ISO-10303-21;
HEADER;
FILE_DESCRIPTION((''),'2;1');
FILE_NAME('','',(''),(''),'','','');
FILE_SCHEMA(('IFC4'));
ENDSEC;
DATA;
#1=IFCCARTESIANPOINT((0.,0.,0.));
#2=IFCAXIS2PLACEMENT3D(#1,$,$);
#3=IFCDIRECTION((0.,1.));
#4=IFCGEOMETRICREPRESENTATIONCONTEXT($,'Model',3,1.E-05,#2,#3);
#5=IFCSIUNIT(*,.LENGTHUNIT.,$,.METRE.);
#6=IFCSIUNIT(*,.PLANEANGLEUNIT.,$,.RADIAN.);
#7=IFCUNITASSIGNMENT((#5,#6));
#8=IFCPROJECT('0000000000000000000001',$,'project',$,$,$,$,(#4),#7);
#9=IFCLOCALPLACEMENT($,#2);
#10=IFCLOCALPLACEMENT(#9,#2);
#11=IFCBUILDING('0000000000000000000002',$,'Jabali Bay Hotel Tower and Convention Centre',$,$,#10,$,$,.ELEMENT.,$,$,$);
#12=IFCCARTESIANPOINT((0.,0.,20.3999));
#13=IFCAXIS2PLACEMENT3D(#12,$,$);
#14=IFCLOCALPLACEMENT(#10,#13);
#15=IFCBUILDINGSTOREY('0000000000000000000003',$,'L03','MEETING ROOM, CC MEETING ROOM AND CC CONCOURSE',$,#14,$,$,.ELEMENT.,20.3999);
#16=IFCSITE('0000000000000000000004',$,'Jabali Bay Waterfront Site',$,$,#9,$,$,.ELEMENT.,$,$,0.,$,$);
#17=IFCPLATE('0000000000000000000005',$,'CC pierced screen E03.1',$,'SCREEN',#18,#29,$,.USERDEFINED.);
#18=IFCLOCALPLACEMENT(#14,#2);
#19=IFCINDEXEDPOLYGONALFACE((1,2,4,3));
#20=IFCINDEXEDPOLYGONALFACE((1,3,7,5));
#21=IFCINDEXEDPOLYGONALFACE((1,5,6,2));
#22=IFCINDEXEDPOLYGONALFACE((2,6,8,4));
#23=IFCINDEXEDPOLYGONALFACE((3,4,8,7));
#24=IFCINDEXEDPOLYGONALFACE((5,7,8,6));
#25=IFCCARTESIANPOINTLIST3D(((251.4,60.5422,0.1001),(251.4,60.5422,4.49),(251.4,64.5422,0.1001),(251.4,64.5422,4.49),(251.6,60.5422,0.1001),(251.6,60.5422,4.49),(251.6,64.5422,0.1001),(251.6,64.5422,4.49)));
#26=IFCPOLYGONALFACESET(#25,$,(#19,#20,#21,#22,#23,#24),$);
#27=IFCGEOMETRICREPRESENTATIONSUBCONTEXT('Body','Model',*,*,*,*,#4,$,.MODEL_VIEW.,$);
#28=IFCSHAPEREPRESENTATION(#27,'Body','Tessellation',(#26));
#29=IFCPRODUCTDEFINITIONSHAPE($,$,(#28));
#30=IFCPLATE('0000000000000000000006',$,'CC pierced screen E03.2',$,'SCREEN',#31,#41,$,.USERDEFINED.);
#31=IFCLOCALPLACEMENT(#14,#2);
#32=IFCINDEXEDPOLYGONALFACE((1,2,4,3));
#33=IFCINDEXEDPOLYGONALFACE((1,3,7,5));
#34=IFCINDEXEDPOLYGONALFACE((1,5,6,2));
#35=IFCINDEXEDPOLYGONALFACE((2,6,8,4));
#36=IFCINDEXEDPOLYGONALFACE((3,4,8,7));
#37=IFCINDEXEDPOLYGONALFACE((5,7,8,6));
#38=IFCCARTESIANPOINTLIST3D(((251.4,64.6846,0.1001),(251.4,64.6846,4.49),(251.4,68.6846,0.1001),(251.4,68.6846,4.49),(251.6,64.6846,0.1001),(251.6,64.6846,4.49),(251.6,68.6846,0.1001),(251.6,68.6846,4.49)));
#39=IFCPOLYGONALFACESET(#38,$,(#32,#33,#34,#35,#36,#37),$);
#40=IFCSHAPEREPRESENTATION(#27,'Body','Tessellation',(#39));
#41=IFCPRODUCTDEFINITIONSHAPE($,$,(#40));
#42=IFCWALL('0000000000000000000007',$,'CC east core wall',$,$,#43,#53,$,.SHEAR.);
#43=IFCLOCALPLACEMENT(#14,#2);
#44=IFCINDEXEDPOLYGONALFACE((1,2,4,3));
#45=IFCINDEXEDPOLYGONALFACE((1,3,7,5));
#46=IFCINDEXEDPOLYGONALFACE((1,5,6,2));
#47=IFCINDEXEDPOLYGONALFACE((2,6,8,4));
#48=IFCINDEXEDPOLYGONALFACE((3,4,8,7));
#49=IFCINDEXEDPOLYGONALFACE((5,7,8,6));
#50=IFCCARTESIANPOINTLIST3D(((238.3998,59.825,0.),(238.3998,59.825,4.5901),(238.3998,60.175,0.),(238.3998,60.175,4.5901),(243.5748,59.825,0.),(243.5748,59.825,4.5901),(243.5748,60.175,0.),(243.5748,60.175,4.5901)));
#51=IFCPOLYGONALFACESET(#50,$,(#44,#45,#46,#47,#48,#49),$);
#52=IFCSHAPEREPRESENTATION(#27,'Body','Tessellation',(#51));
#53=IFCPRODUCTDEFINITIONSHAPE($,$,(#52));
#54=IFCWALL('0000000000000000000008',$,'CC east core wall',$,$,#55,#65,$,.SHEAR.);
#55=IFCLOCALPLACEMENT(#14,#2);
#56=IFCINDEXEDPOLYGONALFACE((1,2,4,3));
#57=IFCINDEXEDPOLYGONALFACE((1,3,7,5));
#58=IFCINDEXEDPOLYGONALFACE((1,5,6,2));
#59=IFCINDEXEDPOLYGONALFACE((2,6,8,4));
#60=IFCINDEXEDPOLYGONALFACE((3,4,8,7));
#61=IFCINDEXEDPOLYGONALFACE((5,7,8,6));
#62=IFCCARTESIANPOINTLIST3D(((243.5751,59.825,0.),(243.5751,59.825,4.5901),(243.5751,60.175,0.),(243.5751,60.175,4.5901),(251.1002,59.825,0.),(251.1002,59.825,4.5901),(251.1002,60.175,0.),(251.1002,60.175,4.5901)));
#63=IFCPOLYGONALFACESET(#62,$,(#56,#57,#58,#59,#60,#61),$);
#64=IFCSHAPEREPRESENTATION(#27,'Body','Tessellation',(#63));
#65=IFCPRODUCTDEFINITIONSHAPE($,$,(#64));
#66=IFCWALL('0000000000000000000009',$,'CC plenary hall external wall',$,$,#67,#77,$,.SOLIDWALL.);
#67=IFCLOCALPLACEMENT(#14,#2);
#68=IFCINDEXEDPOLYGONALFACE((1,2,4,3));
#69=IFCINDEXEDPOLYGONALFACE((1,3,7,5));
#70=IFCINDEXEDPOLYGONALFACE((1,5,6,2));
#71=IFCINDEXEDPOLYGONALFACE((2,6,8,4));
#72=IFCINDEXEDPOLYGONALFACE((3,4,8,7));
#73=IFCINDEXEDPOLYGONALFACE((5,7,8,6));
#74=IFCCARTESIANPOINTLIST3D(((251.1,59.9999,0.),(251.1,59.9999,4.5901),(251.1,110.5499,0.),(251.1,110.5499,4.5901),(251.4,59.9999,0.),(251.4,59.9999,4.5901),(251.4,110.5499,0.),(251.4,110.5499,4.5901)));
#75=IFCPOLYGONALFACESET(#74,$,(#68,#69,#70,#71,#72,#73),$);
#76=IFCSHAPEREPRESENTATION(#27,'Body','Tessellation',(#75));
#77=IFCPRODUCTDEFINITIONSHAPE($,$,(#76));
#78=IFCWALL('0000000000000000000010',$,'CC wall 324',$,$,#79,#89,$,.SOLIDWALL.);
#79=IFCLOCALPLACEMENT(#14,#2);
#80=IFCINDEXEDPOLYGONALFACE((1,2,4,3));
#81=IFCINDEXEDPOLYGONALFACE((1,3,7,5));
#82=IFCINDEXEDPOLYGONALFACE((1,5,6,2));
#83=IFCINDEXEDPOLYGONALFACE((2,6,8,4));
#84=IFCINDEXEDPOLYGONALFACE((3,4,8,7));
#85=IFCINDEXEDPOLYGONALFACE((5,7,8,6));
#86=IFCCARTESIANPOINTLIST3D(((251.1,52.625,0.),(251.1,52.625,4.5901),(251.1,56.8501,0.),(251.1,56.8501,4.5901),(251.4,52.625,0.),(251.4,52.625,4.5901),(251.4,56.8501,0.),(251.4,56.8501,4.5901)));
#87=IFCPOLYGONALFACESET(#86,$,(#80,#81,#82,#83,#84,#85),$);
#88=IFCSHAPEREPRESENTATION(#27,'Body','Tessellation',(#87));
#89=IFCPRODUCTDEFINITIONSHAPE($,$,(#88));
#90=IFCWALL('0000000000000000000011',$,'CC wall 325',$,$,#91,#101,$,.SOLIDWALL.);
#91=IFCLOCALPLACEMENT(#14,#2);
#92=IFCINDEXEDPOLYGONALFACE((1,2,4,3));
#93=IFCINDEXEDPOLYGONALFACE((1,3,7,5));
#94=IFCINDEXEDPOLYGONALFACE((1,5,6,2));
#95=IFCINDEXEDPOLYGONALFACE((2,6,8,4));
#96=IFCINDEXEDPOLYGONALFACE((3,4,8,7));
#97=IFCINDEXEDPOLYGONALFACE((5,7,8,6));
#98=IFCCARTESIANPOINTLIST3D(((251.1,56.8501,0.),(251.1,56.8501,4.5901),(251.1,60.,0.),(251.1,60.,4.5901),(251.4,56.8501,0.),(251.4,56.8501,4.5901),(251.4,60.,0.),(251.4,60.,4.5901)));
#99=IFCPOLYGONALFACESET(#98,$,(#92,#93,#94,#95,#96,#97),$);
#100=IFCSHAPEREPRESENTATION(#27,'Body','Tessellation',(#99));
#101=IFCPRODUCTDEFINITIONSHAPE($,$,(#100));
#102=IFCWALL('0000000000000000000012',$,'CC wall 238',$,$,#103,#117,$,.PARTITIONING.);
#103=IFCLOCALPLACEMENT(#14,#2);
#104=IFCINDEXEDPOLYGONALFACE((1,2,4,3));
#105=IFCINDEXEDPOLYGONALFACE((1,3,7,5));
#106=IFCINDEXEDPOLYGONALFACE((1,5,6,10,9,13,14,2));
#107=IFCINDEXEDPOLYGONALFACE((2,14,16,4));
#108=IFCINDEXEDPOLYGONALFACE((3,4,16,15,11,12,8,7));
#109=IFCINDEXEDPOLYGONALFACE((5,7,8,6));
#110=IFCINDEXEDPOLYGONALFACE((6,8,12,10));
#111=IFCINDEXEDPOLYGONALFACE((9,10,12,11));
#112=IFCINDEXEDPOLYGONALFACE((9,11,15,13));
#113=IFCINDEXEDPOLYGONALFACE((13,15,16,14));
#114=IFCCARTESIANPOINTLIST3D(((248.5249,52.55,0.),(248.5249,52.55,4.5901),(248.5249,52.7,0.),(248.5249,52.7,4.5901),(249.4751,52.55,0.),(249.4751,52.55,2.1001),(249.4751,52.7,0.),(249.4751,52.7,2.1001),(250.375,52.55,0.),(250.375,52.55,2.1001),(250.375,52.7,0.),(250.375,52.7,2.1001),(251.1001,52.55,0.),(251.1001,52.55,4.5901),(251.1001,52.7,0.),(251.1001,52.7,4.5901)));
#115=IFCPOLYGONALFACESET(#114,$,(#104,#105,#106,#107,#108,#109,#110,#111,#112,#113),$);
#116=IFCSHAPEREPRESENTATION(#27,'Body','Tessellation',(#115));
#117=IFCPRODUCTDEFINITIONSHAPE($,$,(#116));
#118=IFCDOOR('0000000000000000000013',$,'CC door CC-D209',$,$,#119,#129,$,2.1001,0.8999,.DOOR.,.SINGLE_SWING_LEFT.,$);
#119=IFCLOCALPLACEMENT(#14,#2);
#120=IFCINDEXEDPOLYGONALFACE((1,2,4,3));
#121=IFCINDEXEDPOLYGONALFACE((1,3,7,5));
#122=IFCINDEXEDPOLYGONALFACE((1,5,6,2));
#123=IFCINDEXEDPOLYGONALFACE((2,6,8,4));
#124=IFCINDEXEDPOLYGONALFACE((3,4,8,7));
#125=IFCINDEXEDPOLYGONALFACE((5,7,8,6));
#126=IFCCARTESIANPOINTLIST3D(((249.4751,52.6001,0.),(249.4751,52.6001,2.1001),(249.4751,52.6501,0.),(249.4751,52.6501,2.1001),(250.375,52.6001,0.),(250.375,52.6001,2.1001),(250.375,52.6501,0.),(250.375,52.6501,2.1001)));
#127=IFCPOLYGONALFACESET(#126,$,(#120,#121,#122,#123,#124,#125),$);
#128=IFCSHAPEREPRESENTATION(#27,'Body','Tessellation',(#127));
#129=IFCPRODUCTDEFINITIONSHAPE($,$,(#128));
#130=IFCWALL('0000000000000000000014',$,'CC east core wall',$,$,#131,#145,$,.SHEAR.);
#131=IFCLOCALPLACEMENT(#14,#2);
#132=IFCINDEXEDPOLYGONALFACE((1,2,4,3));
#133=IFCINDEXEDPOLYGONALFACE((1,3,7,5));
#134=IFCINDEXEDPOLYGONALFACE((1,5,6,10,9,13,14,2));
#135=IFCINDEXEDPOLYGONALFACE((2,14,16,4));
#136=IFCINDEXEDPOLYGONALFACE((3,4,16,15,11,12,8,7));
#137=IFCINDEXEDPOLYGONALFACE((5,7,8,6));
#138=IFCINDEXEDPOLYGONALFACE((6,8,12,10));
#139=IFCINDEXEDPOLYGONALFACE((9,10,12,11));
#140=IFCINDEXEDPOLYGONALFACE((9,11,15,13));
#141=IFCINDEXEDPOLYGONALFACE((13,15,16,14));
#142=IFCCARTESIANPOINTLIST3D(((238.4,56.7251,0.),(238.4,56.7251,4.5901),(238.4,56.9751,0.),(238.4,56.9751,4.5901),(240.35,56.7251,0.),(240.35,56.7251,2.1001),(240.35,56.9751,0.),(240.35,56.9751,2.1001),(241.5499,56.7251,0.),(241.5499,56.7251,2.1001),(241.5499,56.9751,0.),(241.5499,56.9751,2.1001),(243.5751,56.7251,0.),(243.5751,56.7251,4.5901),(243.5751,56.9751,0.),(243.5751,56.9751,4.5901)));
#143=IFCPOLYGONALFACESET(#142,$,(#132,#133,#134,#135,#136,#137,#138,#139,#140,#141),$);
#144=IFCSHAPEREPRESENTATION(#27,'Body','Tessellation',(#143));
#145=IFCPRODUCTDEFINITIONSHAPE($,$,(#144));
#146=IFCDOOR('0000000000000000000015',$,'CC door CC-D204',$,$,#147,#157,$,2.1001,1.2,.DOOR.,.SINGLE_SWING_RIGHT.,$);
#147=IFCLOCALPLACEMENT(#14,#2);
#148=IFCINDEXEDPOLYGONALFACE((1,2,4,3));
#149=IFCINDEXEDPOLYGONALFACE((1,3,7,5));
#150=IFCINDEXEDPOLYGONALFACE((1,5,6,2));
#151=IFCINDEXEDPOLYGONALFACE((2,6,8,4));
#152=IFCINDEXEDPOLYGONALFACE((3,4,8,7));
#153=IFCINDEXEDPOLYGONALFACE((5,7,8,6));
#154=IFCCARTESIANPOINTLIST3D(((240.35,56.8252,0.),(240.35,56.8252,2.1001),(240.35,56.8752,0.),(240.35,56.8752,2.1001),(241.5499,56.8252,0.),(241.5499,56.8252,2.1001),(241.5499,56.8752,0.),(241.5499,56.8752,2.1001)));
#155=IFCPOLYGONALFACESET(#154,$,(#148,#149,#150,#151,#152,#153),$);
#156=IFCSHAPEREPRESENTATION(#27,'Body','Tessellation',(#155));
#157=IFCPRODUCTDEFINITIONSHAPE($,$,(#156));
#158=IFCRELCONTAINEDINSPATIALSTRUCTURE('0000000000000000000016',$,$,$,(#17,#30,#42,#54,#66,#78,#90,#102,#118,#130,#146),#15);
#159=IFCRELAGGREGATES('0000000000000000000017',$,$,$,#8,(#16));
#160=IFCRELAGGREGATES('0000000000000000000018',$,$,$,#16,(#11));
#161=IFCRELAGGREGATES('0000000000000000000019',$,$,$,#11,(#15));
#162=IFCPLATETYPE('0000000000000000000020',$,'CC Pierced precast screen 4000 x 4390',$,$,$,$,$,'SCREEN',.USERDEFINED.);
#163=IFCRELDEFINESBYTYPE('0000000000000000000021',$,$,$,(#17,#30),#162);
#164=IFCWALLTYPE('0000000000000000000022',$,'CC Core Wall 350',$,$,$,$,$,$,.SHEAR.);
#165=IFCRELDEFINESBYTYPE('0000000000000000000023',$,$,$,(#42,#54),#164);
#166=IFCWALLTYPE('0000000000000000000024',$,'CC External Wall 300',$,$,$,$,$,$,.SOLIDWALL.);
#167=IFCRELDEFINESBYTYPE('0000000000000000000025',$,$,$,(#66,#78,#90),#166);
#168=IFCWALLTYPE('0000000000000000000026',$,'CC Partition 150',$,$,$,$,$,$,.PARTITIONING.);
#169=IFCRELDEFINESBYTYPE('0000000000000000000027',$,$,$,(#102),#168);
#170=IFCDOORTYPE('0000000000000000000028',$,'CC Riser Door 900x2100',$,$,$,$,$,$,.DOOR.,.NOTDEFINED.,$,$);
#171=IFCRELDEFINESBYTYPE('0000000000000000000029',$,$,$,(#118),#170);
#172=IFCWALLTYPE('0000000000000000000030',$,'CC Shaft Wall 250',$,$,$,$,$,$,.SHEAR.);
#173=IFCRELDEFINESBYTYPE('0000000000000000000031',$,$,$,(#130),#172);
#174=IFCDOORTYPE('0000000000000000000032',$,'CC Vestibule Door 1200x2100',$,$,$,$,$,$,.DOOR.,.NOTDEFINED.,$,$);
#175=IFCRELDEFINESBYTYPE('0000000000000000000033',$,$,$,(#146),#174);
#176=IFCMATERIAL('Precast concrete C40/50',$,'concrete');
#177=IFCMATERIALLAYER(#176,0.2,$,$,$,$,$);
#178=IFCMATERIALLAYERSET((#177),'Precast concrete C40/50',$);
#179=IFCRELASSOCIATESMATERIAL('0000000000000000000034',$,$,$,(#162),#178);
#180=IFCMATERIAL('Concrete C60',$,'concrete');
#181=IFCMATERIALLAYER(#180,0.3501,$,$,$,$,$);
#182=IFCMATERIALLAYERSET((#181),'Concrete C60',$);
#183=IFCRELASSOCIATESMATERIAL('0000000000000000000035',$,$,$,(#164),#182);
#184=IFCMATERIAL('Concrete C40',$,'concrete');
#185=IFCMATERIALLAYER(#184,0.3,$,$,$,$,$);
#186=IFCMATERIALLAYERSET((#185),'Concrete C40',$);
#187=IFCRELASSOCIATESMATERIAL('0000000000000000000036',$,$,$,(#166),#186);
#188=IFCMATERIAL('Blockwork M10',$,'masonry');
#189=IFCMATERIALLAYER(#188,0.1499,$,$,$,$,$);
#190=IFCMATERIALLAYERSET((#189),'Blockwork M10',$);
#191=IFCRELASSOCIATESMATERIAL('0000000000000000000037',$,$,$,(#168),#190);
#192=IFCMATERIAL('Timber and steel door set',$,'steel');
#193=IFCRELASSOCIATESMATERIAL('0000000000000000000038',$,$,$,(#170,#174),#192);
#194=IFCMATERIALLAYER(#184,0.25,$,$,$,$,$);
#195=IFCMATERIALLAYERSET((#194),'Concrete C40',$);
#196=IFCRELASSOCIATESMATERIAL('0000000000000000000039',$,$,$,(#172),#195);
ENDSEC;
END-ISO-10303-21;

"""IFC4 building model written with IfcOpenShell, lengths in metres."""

from ifc_helpers import new_model, si_unit, direction, frame, frame_2d, origin, origin_2d, place, context, subcontext, project, spatial, rectangle, extrude, material, layer, layer_set, type_object, element, fill, save


model = new_model("IFC4")

# Units and contexts
model_context = context("Model", 3, precision=1e-05, world=origin(), true_north=direction((0.0, 1.0)))
body_context = subcontext(model_context, "Body", "Model", "MODEL_VIEW")
ifc_project = project(units=[si_unit("LENGTHUNIT", "METRE"), si_unit("PLANEANGLEUNIT", "RADIAN")], contexts=[model_context])

# Site, building, storey
site_placement = place(None, origin())
site = spatial("IfcSite", under=ifc_project, at=site_placement, Name="Jabali Bay Waterfront Site", CompositionType="ELEMENT", RefElevation=0.0)
building_placement = place(site_placement, origin())
building = spatial("IfcBuilding", under=site, at=building_placement, Name="Jabali Bay Hotel Tower and Convention Centre", CompositionType="ELEMENT")
storey_placement = place(building_placement, frame((0.0, 0.0, 20.3999)))
storey = spatial("IfcBuildingStorey", under=building, at=storey_placement, Name="L03", Description="MEETING ROOM, CC MEETING ROOM AND CC CONCOURSE", CompositionType="ELEMENT", Elevation=20.3999)

# Plates
ifc_material_1 = material(Name="Precast concrete C40/50", Category="concrete")
ifc_layer_1 = layer(ifc_material_1, 0.2)
ifc_layer_set_1 = layer_set([ifc_layer_1], Name="Precast concrete C40/50")
plate_type = type_object("IfcPlateType", Name="CC Pierced precast screen 4000 x 4390", ElementType="SCREEN", PredefinedType="USERDEFINED", material=ifc_layer_set_1)
for number, where, z_axis, x_axis, name in (
    (1, (251.5, 62.5422, 0.1001), (0.0, 0.0, 1.0), (1.0, 0.0, 0.0), "CC pierced screen E03.1"),
    (2, (251.5, 66.6846, 0.1001), (0.0, 0.0, 1.0), (1.0, 0.0, 0.0), "CC pierced screen E03.2"),
):
    element("IfcPlate", number, at=place(storey_placement, frame(where, z_axis=z_axis, x_axis=x_axis)), inside=storey, type_object=plate_type, Name=name, ObjectType="SCREEN", PredefinedType="USERDEFINED", context=body_context, shape_type="SweptSolid", body=[
        extrude(rectangle(XDim=0.2, YDim=4.0, at=origin_2d()), origin(), (0.0, 0.0, 1.0), 4.3899),
    ])

# Walls
ifc_material_2 = material(Name="Concrete C60", Category="concrete")
ifc_layer_2 = layer(ifc_material_2, 0.3501)
ifc_layer_set_2 = layer_set([ifc_layer_2], Name="Concrete C60")
wall_type_1 = type_object("IfcWallType", Name="CC Core Wall 350", PredefinedType="SHEAR", material=ifc_layer_set_2)
wall_1_placement = place(storey_placement, frame((238.3999, 60.0, 0.0), z_axis=(0.0, 0.0, 1.0), x_axis=(1.0, 0.0, 0.0)))
element("IfcWall", 3, at=wall_1_placement, inside=storey, type_object=wall_type_1, Name="CC east core wall", PredefinedType="SHEAR", context=body_context, shape_type="SweptSolid", body=[
    extrude(rectangle(XDim=5.175, YDim=0.3501, at=frame_2d((2.5874, 0.0))), origin(), (0.0, 0.0, 1.0), 4.5901),
])
wall_2_placement = place(storey_placement, frame((243.575, 60.0, 0.0), z_axis=(0.0, 0.0, 1.0), x_axis=(1.0, 0.0, 0.0)))
element("IfcWall", 4, at=wall_2_placement, inside=storey, type_object=wall_type_1, Name="CC east core wall", PredefinedType="SHEAR", context=body_context, shape_type="SweptSolid", body=[
    extrude(rectangle(XDim=7.5251, YDim=0.3501, at=frame_2d((3.7627, 0.0))), origin(), (0.0, 0.0, 1.0), 4.5901),
])
ifc_material_3 = material(Name="Concrete C40", Category="concrete")
ifc_layer_3 = layer(ifc_material_3, 0.3)
ifc_layer_set_3 = layer_set([ifc_layer_3], Name="Concrete C40")
wall_type_2 = type_object("IfcWallType", Name="CC External Wall 300", PredefinedType="SOLIDWALL", material=ifc_layer_set_3)
wall_3_placement = place(storey_placement, frame((251.25, 60.0, 0.0), z_axis=(0.0, 0.0, 1.0), x_axis=(0.0, 1.0, 0.0)))
element("IfcWall", 5, at=wall_3_placement, inside=storey, type_object=wall_type_2, Name="CC plenary hall external wall", PredefinedType="SOLIDWALL", context=body_context, shape_type="SweptSolid", body=[
    extrude(rectangle(XDim=50.55, YDim=0.3, at=frame_2d((25.2749, 0.0))), origin(), (0.0, 0.0, 1.0), 4.5901),
])
wall_4_placement = place(storey_placement, frame((251.25, 52.625, 0.0), z_axis=(0.0, 0.0, 1.0), x_axis=(0.0, 1.0, 0.0)))
element("IfcWall", 6, at=wall_4_placement, inside=storey, type_object=wall_type_2, Name="CC wall 324", PredefinedType="SOLIDWALL", context=body_context, shape_type="SweptSolid", body=[
    extrude(rectangle(XDim=4.2251, YDim=0.3, at=frame_2d((2.1125, 0.0))), origin(), (0.0, 0.0, 1.0), 4.5901),
])
wall_5_placement = place(storey_placement, frame((251.25, 56.8501, 0.0), z_axis=(0.0, 0.0, 1.0), x_axis=(0.0, 1.0, 0.0)))
element("IfcWall", 7, at=wall_5_placement, inside=storey, type_object=wall_type_2, Name="CC wall 325", PredefinedType="SOLIDWALL", context=body_context, shape_type="SweptSolid", body=[
    extrude(rectangle(XDim=3.1499, YDim=0.3, at=frame_2d((1.575, 0.0))), origin(), (0.0, 0.0, 1.0), 4.5901),
])

# Walls, openings, doors
ifc_material_4 = material(Name="Blockwork M10", Category="masonry")
ifc_layer_4 = layer(ifc_material_4, 0.1499)
ifc_layer_set_4 = layer_set([ifc_layer_4], Name="Blockwork M10")
wall_type_3 = type_object("IfcWallType", Name="CC Partition 150", PredefinedType="PARTITIONING", material=ifc_layer_set_4)
wall_6_placement = place(storey_placement, frame((251.1001, 52.625, 0.0), z_axis=(0.0, 0.0, 1.0), x_axis=(-1.0, 0.0, 0.0)))
wall_6 = element("IfcWall", 8, at=wall_6_placement, inside=storey, type_object=wall_type_3, Name="CC wall 238", PredefinedType="PARTITIONING", context=body_context, shape_type="SweptSolid", body=[
    extrude(rectangle(XDim=2.5752, YDim=0.1499, at=frame_2d((1.2876, 0.0))), origin(), (0.0, 0.0, 1.0), 4.5901),
])
opening_1_placement = place(wall_6_placement, frame((0.7251, 0.0, 0.0)))
opening_1 = element("IfcOpeningElement", 9, at=opening_1_placement, cuts=wall_6, PredefinedType="OPENING", context=body_context, shape_type="SweptSolid", body=[
    extrude(rectangle(XDim=0.8999, YDim=2.1001, at=frame_2d((0.45, 1.05))), frame((0.0, 0.0854, 0.0), z_axis=(0.0, -1.0, 0.0), x_axis=(1.0, 0.0, 0.0)), (0.0, 0.0, 1.0), 0.1709),
])
ifc_material_5 = material(Name="Timber and steel door set", Category="steel")
door_type_1 = type_object("IfcDoorType", Name="CC Riser Door 900x2100", OperationType="NOTDEFINED", PredefinedType="DOOR", material=ifc_material_5)
door_1_placement = place(opening_1_placement, origin())
door_1 = element("IfcDoor", 10, at=door_1_placement, inside=storey, type_object=door_type_1, Name="CC door CC-D209", OperationType="SINGLE_SWING_LEFT", OverallHeight=2.1001, OverallWidth=0.8999, PredefinedType="DOOR", context=body_context, shape_type="SweptSolid", body=[
    extrude(rectangle(XDim=0.8999, YDim=2.1001, at=frame_2d((0.45, 1.05))), frame((0.0, 0.0249, 0.0), z_axis=(0.0, -1.0, 0.0), x_axis=(1.0, 0.0, 0.0)), (0.0, 0.0, 1.0), 0.05),
])
fill(opening_1, door_1)
ifc_layer_5 = layer(ifc_material_3, 0.25)
ifc_layer_set_5 = layer_set([ifc_layer_5], Name="Concrete C40")
wall_type_4 = type_object("IfcWallType", Name="CC Shaft Wall 250", PredefinedType="SHEAR", material=ifc_layer_set_5)
wall_7_placement = place(storey_placement, frame((243.575, 56.8501, 0.0), z_axis=(0.0, 0.0, 1.0), x_axis=(-1.0, 0.0, 0.0)))
wall_7 = element("IfcWall", 11, at=wall_7_placement, inside=storey, type_object=wall_type_4, Name="CC east core wall", PredefinedType="SHEAR", context=body_context, shape_type="SweptSolid", body=[
    extrude(rectangle(XDim=5.175, YDim=0.25, at=frame_2d((2.5874, 0.0))), origin(), (0.0, 0.0, 1.0), 4.5901),
])
opening_2_placement = place(wall_7_placement, frame((2.0249, 0.0, 0.0)))
opening_2 = element("IfcOpeningElement", 12, at=opening_2_placement, cuts=wall_7, PredefinedType="OPENING", context=body_context, shape_type="SweptSolid", body=[
    extrude(rectangle(XDim=1.2, YDim=2.1001, at=frame_2d((0.6001, 1.05))), frame((0.0, 0.1355, 0.0), z_axis=(0.0, -1.0, 0.0), x_axis=(1.0, 0.0, 0.0)), (0.0, 0.0, 1.0), 0.271),
])
door_type_2 = type_object("IfcDoorType", Name="CC Vestibule Door 1200x2100", OperationType="NOTDEFINED", PredefinedType="DOOR", material=ifc_material_5)
door_2_placement = place(opening_2_placement, origin())
door_2 = element("IfcDoor", 13, at=door_2_placement, inside=storey, type_object=door_type_2, Name="CC door CC-D204", OperationType="SINGLE_SWING_RIGHT", OverallHeight=2.1001, OverallWidth=1.2, PredefinedType="DOOR", context=body_context, shape_type="SweptSolid", body=[
    extrude(rectangle(XDim=1.2, YDim=2.1001, at=frame_2d((0.6001, 1.05))), frame((0.0, 0.0249, 0.0), z_axis=(0.0, -1.0, 0.0), x_axis=(1.0, 0.0, 0.0)), (0.0, 0.0, 1.0), 0.05),
])
fill(opening_2, door_2)

save(model, "model.ifc")
